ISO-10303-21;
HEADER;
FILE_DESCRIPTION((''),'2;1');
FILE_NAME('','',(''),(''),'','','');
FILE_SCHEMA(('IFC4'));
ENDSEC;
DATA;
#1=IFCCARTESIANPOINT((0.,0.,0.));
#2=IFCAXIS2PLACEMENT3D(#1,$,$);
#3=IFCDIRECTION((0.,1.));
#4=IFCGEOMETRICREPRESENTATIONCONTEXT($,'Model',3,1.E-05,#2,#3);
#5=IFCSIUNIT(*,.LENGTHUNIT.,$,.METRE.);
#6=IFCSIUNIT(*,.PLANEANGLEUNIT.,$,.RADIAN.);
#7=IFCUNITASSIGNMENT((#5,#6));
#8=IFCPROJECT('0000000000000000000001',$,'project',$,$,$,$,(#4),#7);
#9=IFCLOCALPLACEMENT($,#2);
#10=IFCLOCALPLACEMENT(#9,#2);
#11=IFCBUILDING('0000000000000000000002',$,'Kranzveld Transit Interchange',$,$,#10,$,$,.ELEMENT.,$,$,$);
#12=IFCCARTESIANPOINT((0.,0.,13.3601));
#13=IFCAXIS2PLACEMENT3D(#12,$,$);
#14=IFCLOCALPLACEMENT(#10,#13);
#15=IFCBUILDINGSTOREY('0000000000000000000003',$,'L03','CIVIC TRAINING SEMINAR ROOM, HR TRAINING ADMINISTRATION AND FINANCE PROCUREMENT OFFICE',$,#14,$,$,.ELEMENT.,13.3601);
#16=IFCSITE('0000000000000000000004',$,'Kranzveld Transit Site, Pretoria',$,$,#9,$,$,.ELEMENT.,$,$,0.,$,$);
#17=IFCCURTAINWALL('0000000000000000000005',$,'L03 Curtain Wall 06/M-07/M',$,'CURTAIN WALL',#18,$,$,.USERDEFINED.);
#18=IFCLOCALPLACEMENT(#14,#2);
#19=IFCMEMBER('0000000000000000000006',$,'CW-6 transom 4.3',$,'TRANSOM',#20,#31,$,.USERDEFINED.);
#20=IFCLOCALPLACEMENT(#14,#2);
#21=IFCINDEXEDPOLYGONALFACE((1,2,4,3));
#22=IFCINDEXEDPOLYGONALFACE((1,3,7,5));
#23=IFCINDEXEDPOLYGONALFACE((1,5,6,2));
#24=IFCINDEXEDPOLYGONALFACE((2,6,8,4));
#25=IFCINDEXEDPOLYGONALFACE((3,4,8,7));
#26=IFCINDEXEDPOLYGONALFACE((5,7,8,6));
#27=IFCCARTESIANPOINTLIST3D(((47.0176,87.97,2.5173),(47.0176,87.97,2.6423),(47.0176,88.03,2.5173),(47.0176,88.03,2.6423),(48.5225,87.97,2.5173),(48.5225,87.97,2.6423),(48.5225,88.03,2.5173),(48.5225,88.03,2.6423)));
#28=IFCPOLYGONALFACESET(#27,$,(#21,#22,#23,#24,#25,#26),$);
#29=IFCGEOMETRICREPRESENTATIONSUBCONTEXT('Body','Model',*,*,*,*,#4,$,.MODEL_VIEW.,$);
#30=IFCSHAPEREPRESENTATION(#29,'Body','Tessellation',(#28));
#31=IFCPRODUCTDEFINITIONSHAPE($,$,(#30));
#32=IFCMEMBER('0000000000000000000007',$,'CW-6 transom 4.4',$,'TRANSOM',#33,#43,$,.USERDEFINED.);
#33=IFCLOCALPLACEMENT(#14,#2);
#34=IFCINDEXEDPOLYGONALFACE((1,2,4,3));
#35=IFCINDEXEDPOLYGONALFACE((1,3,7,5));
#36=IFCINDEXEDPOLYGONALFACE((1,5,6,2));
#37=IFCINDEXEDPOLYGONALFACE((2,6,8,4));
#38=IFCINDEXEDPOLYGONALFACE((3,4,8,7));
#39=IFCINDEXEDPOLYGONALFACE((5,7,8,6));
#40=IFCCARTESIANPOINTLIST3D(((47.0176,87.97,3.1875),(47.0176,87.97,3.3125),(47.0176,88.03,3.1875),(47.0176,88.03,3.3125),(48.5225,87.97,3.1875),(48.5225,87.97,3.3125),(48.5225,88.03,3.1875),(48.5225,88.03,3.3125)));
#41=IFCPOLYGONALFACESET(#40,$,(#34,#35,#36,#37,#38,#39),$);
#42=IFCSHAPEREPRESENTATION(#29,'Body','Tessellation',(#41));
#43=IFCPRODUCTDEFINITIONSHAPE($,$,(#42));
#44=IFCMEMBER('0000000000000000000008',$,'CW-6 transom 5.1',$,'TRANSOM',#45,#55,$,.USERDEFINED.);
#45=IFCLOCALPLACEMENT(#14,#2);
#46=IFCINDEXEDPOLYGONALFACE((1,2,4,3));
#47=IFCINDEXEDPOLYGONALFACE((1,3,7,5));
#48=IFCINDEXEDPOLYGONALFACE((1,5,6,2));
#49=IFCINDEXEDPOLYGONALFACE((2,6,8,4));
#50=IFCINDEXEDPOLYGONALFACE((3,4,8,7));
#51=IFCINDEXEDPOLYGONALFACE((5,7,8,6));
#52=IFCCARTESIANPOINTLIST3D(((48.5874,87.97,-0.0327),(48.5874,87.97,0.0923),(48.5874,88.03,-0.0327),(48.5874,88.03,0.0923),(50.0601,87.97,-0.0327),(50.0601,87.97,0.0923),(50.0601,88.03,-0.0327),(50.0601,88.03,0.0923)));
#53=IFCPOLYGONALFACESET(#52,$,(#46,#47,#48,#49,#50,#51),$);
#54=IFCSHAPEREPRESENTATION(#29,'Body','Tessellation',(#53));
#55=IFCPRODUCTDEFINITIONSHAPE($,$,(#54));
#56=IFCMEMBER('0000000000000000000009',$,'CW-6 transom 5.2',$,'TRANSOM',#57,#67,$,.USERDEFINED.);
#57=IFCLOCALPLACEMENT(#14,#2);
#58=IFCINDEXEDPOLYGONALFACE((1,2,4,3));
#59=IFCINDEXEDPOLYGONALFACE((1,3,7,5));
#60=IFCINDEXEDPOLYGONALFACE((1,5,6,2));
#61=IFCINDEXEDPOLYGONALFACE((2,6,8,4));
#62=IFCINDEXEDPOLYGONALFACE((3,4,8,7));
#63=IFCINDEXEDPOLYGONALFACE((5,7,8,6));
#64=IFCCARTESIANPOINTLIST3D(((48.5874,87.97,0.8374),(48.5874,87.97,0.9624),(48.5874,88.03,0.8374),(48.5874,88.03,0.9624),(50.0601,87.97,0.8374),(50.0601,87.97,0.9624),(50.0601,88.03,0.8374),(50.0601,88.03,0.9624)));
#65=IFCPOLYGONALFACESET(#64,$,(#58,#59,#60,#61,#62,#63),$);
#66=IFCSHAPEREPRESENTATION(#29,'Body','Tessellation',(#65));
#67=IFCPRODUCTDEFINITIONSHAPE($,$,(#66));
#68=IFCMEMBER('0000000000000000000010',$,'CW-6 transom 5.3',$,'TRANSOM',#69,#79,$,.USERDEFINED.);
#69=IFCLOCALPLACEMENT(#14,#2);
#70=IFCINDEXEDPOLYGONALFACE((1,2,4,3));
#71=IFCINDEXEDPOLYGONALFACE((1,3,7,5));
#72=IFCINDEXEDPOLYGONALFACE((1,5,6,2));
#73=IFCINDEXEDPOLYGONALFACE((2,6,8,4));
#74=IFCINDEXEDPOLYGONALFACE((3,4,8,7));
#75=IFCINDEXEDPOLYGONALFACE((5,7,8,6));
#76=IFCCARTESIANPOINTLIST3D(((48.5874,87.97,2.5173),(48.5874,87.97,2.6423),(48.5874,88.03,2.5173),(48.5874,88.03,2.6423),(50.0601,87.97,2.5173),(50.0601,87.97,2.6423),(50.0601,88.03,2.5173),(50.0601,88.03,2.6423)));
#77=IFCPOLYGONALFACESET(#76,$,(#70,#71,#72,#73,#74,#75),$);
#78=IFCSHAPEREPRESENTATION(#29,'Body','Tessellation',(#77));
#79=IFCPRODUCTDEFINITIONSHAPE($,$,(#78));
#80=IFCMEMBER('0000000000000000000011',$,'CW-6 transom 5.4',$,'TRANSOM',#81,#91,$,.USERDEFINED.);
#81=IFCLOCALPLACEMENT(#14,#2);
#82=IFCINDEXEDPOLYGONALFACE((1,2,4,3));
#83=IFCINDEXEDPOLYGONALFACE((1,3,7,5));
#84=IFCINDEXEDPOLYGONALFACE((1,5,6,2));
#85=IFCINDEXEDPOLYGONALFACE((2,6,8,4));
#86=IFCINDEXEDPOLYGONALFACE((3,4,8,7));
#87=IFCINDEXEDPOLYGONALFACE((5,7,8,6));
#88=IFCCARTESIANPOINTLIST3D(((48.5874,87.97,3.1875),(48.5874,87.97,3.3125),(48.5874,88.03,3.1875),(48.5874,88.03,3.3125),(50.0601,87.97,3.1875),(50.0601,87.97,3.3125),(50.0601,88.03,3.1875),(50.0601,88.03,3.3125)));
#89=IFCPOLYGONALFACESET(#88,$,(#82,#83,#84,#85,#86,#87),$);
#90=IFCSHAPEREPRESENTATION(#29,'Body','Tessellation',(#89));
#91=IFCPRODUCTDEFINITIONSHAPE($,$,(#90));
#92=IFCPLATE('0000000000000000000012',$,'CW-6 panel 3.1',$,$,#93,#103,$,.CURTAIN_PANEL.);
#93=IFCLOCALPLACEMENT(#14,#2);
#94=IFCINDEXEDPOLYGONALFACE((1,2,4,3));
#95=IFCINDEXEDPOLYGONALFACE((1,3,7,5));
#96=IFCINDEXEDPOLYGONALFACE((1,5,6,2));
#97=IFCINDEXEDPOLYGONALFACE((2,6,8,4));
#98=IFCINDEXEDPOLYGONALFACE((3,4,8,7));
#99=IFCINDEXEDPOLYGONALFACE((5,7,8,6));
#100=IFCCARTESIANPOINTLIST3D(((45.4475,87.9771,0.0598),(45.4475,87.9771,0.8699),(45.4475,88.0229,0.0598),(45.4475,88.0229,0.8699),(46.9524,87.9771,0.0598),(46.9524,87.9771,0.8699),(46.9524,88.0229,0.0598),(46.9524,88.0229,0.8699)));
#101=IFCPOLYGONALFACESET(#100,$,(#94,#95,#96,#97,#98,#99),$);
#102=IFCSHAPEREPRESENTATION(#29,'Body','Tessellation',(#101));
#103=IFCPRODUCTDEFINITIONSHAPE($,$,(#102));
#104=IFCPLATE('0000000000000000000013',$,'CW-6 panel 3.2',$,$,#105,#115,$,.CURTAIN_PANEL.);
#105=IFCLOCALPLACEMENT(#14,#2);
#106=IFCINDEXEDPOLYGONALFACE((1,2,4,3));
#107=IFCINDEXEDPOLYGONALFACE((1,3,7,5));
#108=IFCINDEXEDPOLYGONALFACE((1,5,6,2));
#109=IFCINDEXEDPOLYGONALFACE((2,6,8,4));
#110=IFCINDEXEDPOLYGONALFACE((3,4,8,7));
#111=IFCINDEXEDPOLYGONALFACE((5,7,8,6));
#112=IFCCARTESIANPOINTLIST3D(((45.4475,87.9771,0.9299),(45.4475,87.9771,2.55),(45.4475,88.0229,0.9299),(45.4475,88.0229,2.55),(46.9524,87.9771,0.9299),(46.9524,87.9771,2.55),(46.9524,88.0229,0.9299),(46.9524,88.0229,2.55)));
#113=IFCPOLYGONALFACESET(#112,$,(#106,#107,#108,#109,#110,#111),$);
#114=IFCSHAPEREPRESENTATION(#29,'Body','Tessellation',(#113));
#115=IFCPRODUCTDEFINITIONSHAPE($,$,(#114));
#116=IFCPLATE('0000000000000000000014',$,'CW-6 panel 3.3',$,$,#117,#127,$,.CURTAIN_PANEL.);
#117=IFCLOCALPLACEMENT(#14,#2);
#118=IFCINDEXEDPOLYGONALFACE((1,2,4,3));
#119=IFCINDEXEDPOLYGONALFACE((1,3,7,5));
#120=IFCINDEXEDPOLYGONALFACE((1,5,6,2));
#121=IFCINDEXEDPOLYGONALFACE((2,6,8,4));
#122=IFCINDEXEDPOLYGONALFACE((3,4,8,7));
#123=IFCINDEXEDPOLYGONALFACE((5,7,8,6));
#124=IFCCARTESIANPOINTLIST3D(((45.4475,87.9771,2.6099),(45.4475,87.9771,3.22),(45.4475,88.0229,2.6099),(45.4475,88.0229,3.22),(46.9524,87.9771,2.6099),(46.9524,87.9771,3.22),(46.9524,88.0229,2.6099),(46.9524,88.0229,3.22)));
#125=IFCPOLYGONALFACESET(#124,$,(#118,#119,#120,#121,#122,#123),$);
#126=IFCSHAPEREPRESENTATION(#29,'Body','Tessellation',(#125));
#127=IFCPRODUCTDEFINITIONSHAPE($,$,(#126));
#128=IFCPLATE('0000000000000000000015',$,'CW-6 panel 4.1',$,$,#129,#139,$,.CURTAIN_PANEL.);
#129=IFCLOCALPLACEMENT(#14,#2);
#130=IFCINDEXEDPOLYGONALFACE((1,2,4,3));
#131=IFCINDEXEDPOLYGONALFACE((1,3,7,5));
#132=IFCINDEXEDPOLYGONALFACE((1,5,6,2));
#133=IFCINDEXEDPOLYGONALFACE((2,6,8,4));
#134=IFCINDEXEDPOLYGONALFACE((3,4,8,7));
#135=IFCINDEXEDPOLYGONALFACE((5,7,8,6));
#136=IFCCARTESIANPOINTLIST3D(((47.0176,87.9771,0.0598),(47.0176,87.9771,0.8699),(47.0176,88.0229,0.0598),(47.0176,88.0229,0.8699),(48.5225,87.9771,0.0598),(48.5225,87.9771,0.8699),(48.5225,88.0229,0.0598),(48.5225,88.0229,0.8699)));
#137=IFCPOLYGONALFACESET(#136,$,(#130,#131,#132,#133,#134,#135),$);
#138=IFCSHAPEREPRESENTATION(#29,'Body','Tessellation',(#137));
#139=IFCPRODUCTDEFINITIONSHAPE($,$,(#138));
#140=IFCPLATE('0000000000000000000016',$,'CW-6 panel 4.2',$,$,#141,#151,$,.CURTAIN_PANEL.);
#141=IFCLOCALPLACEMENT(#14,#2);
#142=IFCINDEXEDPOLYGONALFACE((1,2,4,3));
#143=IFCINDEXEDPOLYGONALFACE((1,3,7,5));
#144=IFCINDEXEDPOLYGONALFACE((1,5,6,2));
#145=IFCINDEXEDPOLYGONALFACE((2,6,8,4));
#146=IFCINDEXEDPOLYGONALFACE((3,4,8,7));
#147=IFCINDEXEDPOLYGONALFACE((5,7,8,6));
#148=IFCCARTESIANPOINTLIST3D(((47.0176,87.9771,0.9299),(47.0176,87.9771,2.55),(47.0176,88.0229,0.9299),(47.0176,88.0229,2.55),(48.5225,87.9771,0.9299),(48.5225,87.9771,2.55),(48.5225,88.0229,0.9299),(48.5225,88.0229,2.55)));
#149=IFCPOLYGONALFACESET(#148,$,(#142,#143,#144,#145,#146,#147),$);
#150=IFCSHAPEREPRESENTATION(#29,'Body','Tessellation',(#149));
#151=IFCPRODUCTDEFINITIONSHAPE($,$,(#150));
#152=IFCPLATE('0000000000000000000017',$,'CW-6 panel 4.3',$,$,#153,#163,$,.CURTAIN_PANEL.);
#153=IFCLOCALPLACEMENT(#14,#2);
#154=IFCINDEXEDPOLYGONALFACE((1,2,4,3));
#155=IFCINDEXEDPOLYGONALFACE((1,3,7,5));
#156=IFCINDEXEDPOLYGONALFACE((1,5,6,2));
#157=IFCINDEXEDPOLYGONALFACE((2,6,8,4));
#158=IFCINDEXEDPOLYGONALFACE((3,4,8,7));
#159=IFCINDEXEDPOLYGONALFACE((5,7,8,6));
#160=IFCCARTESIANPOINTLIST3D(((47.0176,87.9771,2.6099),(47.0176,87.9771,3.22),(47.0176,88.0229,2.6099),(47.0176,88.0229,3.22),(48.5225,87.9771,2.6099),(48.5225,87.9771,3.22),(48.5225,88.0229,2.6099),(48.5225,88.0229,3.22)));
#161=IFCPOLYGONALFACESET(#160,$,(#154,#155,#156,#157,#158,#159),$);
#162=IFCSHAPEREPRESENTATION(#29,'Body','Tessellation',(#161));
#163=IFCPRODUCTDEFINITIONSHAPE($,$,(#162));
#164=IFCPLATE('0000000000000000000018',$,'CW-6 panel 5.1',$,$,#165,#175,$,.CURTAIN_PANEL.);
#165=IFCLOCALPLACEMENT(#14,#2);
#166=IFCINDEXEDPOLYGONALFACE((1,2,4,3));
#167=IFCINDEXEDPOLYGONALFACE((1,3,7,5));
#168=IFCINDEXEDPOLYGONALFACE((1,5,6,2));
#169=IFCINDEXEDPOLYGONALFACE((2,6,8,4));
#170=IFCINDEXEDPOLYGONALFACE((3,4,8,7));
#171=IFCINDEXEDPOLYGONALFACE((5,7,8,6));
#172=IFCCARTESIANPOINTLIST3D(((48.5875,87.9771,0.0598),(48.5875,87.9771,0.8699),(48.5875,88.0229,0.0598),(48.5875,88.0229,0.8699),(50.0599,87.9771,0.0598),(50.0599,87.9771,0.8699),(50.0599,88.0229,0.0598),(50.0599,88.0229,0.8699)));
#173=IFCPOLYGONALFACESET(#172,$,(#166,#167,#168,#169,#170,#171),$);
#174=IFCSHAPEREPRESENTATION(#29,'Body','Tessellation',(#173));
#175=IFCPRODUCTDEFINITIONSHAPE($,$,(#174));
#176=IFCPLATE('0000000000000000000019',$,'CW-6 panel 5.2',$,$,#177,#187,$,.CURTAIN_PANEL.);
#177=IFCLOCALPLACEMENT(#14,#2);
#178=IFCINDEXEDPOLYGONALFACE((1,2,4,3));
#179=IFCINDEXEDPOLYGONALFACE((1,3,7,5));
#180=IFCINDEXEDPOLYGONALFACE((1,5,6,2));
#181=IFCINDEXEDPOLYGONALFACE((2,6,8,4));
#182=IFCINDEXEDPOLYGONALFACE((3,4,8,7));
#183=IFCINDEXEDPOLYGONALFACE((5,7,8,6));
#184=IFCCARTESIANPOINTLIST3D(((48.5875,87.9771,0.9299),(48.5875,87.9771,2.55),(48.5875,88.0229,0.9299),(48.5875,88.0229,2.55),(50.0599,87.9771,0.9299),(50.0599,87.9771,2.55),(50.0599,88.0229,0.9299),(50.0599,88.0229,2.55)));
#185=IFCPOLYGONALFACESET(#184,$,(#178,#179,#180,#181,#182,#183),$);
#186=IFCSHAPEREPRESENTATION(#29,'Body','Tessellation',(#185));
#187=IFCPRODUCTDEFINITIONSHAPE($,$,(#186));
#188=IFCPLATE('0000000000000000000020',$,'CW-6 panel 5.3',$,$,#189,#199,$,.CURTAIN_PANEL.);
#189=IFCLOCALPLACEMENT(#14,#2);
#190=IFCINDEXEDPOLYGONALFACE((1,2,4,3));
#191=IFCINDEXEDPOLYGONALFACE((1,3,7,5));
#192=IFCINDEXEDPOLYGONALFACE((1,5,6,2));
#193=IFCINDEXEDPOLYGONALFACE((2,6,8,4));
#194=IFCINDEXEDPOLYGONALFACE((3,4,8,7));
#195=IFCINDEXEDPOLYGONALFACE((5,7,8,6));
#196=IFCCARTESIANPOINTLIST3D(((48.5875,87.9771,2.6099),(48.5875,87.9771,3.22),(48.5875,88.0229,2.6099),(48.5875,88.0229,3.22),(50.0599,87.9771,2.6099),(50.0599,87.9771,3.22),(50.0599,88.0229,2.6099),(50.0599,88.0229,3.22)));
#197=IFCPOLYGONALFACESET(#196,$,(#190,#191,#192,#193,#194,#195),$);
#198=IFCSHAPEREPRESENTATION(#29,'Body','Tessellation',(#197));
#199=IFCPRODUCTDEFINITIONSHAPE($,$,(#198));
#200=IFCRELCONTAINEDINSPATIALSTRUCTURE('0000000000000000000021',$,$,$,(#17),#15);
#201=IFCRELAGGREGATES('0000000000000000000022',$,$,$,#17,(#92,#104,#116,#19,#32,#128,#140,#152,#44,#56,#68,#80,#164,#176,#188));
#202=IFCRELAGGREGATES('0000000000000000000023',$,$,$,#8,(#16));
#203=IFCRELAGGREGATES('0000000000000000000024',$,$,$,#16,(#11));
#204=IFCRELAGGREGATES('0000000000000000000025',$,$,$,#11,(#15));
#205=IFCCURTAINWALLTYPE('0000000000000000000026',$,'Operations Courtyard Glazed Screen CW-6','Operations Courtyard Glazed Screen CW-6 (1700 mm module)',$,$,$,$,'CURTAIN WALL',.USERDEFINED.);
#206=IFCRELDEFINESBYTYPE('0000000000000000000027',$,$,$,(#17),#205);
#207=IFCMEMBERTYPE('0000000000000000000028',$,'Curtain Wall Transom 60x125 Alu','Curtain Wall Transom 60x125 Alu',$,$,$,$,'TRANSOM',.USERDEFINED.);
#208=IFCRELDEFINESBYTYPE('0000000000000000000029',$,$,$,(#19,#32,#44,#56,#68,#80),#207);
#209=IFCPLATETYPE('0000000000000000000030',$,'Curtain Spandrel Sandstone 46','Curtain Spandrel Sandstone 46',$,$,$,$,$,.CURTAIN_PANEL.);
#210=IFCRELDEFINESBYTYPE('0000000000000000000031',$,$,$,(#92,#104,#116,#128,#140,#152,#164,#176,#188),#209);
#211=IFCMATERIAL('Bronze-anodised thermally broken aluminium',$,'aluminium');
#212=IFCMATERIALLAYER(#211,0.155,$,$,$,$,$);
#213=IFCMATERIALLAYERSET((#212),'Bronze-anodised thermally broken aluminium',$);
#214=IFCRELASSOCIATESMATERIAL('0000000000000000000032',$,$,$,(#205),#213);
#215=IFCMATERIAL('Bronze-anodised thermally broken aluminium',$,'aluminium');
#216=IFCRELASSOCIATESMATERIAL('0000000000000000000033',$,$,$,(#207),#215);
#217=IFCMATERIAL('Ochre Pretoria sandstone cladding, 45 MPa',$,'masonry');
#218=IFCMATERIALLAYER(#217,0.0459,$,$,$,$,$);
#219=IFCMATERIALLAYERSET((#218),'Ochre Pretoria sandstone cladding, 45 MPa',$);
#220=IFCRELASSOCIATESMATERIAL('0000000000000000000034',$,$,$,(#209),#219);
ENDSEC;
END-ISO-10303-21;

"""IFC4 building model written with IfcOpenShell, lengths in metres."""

from ifc_helpers import new_model, si_unit, direction, frame, origin, origin_2d, place, context, subcontext, project, spatial, rectangle, extrude, material, layer, layer_set, material_profile, profile_set, type_object, element, aggregate, save


model = new_model("IFC4")

# Units and contexts
model_context = context("Model", 3, precision=1e-05, world=origin(), true_north=direction((0.0, 1.0)))
body_context = subcontext(model_context, "Body", "Model", "MODEL_VIEW")
ifc_project = project(units=[si_unit("LENGTHUNIT", "METRE"), si_unit("PLANEANGLEUNIT", "RADIAN")], contexts=[model_context])

# Site, building, storey
site_placement = place(None, origin())
site = spatial("IfcSite", under=ifc_project, at=site_placement, Name="Kranzveld Transit Site, Pretoria", CompositionType="ELEMENT", RefElevation=0.0)
building_placement = place(site_placement, origin())
building = spatial("IfcBuilding", under=site, at=building_placement, Name="Kranzveld Transit Interchange", CompositionType="ELEMENT")
storey_placement = place(building_placement, frame((0.0, 0.0, 13.3601)))
storey = spatial("IfcBuildingStorey", under=building, at=storey_placement, Name="L03", Description="CIVIC TRAINING SEMINAR ROOM, HR TRAINING ADMINISTRATION AND FINANCE PROCUREMENT OFFICE", CompositionType="ELEMENT", Elevation=13.3601)

# Curtain wall, members, plates
ifc_material_1 = material(Name="Bronze-anodised thermally broken aluminium", Category="aluminium")
ifc_layer_1 = layer(ifc_material_1, 0.155)
ifc_layer_set_1 = layer_set([ifc_layer_1], Name="Bronze-anodised thermally broken aluminium")
curtain_wall_type = type_object("IfcCurtainWallType", Name="Operations Courtyard Glazed Screen CW-6", Description="Operations Courtyard Glazed Screen CW-6 (1700 mm module)", ElementType="CURTAIN WALL", PredefinedType="USERDEFINED", material=ifc_layer_set_1)
curtain_wall_placement = place(storey_placement, origin())
curtain_wall = element("IfcCurtainWall", 1, at=curtain_wall_placement, inside=storey, type_object=curtain_wall_type, Name="L03 Curtain Wall 06/M-07/M", ObjectType="CURTAIN WALL", PredefinedType="USERDEFINED")
ifc_material_2 = material(Name="Bronze-anodised thermally broken aluminium", Category="aluminium")
ifc_material_profile_1 = material_profile(ifc_material_2, rectangle(XDim=0.0601, YDim=0.125, at=origin_2d()), Name="ALU TRANSOM 60x125")
ifc_profile_set_1 = profile_set([ifc_material_profile_1], Name="Bronze-anodised thermally broken aluminium")
member_type_1 = type_object("IfcMemberType", Name="Curtain Wall Transom 60x125 Alu", Description="Curtain Wall Transom 60x125 Alu", ElementType="TRANSOM", PredefinedType="USERDEFINED", material=ifc_profile_set_1)
member_1_placement = place(storey_placement, frame((47.0176, 88.0, 2.5798), z_axis=(1.0, 0.0, 0.0), x_axis=(0.0, 1.0, 0.0)))
member_1 = element("IfcMember", 2, at=member_1_placement, type_object=member_type_1, Name="CW-6 transom 4.3", ObjectType="TRANSOM", PredefinedType="USERDEFINED", context=body_context, shape_type="SweptSolid", body=[
    extrude(rectangle(XDim=0.0601, YDim=0.125, at=origin_2d()), origin(), (0.0, 0.0, 1.0), 1.5049),
])
member_2_placement = place(storey_placement, frame((47.0176, 88.0, 3.25), z_axis=(1.0, 0.0, 0.0), x_axis=(0.0, 1.0, 0.0)))
member_2 = element("IfcMember", 3, at=member_2_placement, type_object=member_type_1, Name="CW-6 transom 4.4", ObjectType="TRANSOM", PredefinedType="USERDEFINED", context=body_context, shape_type="SweptSolid", body=[
    extrude(rectangle(XDim=0.0601, YDim=0.125, at=origin_2d()), origin(), (0.0, 0.0, 1.0), 1.5049),
])
member_3_placement = place(storey_placement, frame((48.5874, 88.0, 0.0298), z_axis=(1.0, 0.0, 0.0), x_axis=(0.0, 1.0, 0.0)))
member_3 = element("IfcMember", 4, at=member_3_placement, type_object=member_type_1, Name="CW-6 transom 5.1", ObjectType="TRANSOM", PredefinedType="USERDEFINED", context=body_context, shape_type="SweptSolid", body=[
    extrude(rectangle(XDim=0.0601, YDim=0.125, at=origin_2d()), origin(), (0.0, 0.0, 1.0), 1.4727),
])
member_4_placement = place(storey_placement, frame((48.5874, 88.0, 0.8999), z_axis=(1.0, 0.0, 0.0), x_axis=(0.0, 1.0, 0.0)))
member_4 = element("IfcMember", 5, at=member_4_placement, type_object=member_type_1, Name="CW-6 transom 5.2", ObjectType="TRANSOM", PredefinedType="USERDEFINED", context=body_context, shape_type="SweptSolid", body=[
    extrude(rectangle(XDim=0.0601, YDim=0.125, at=origin_2d()), origin(), (0.0, 0.0, 1.0), 1.4727),
])
member_5_placement = place(storey_placement, frame((48.5874, 88.0, 2.5798), z_axis=(1.0, 0.0, 0.0), x_axis=(0.0, 1.0, 0.0)))
member_5 = element("IfcMember", 6, at=member_5_placement, type_object=member_type_1, Name="CW-6 transom 5.3", ObjectType="TRANSOM", PredefinedType="USERDEFINED", context=body_context, shape_type="SweptSolid", body=[
    extrude(rectangle(XDim=0.0601, YDim=0.125, at=origin_2d()), origin(), (0.0, 0.0, 1.0), 1.4727),
])
member_6_placement = place(storey_placement, frame((48.5874, 88.0, 3.25), z_axis=(1.0, 0.0, 0.0), x_axis=(0.0, 1.0, 0.0)))
member_6 = element("IfcMember", 7, at=member_6_placement, type_object=member_type_1, Name="CW-6 transom 5.4", ObjectType="TRANSOM", PredefinedType="USERDEFINED", context=body_context, shape_type="SweptSolid", body=[
    extrude(rectangle(XDim=0.0601, YDim=0.125, at=origin_2d()), origin(), (0.0, 0.0, 1.0), 1.4727),
])
ifc_material_3 = material(Name="Ochre Pretoria sandstone cladding, 45 MPa", Category="masonry")
ifc_layer_2 = layer(ifc_material_3, 0.0459)
ifc_layer_set_2 = layer_set([ifc_layer_2], Name="Ochre Pretoria sandstone cladding, 45 MPa")
plate_type = type_object("IfcPlateType", Name="Curtain Spandrel Sandstone 46", Description="Curtain Spandrel Sandstone 46", PredefinedType="CURTAIN_PANEL", material=ifc_layer_set_2)
plate_1_placement = place(storey_placement, frame((46.2, 88.0, 0.0598), z_axis=(0.0, 0.0, 1.0), x_axis=(1.0, 0.0, 0.0)))
plate_1 = element("IfcPlate", 8, at=plate_1_placement, type_object=plate_type, Name="CW-6 panel 3.1", PredefinedType="CURTAIN_PANEL", context=body_context, shape_type="SweptSolid", body=[
    extrude(rectangle(XDim=1.5049, YDim=0.0459, at=origin_2d()), origin(), (0.0, 0.0, 1.0), 0.8101),
])
plate_2_placement = place(storey_placement, frame((46.2, 88.0, 0.9299), z_axis=(0.0, 0.0, 1.0), x_axis=(1.0, 0.0, 0.0)))
plate_2 = element("IfcPlate", 9, at=plate_2_placement, type_object=plate_type, Name="CW-6 panel 3.2", PredefinedType="CURTAIN_PANEL", context=body_context, shape_type="SweptSolid", body=[
    extrude(rectangle(XDim=1.5049, YDim=0.0459, at=origin_2d()), origin(), (0.0, 0.0, 1.0), 1.6201),
])
plate_3_placement = place(storey_placement, frame((46.2, 88.0, 2.6099), z_axis=(0.0, 0.0, 1.0), x_axis=(1.0, 0.0, 0.0)))
plate_3 = element("IfcPlate", 10, at=plate_3_placement, type_object=plate_type, Name="CW-6 panel 3.3", PredefinedType="CURTAIN_PANEL", context=body_context, shape_type="SweptSolid", body=[
    extrude(rectangle(XDim=1.5049, YDim=0.0459, at=origin_2d()), origin(), (0.0, 0.0, 1.0), 0.6101),
])
plate_4_placement = place(storey_placement, frame((47.77, 88.0, 0.0598), z_axis=(0.0, 0.0, 1.0), x_axis=(1.0, 0.0, 0.0)))
plate_4 = element("IfcPlate", 11, at=plate_4_placement, type_object=plate_type, Name="CW-6 panel 4.1", PredefinedType="CURTAIN_PANEL", context=body_context, shape_type="SweptSolid", body=[
    extrude(rectangle(XDim=1.5049, YDim=0.0459, at=origin_2d()), origin(), (0.0, 0.0, 1.0), 0.8101),
])
plate_5_placement = place(storey_placement, frame((47.77, 88.0, 0.9299), z_axis=(0.0, 0.0, 1.0), x_axis=(1.0, 0.0, 0.0)))
plate_5 = element("IfcPlate", 12, at=plate_5_placement, type_object=plate_type, Name="CW-6 panel 4.2", PredefinedType="CURTAIN_PANEL", context=body_context, shape_type="SweptSolid", body=[
    extrude(rectangle(XDim=1.5049, YDim=0.0459, at=origin_2d()), origin(), (0.0, 0.0, 1.0), 1.6201),
])
plate_6_placement = place(storey_placement, frame((47.77, 88.0, 2.6099), z_axis=(0.0, 0.0, 1.0), x_axis=(1.0, 0.0, 0.0)))
plate_6 = element("IfcPlate", 13, at=plate_6_placement, type_object=plate_type, Name="CW-6 panel 4.3", PredefinedType="CURTAIN_PANEL", context=body_context, shape_type="SweptSolid", body=[
    extrude(rectangle(XDim=1.5049, YDim=0.0459, at=origin_2d()), origin(), (0.0, 0.0, 1.0), 0.6101),
])
plate_7_placement = place(storey_placement, frame((49.3237, 88.0, 0.0598), z_axis=(0.0, 0.0, 1.0), x_axis=(1.0, 0.0, 0.0)))
plate_7 = element("IfcPlate", 14, at=plate_7_placement, type_object=plate_type, Name="CW-6 panel 5.1", PredefinedType="CURTAIN_PANEL", context=body_context, shape_type="SweptSolid", body=[
    extrude(rectangle(XDim=1.4724, YDim=0.0459, at=origin_2d()), origin(), (0.0, 0.0, 1.0), 0.8101),
])
plate_8_placement = place(storey_placement, frame((49.3237, 88.0, 0.9299), z_axis=(0.0, 0.0, 1.0), x_axis=(1.0, 0.0, 0.0)))
plate_8 = element("IfcPlate", 15, at=plate_8_placement, type_object=plate_type, Name="CW-6 panel 5.2", PredefinedType="CURTAIN_PANEL", context=body_context, shape_type="SweptSolid", body=[
    extrude(rectangle(XDim=1.4724, YDim=0.0459, at=origin_2d()), origin(), (0.0, 0.0, 1.0), 1.6201),
])
plate_9_placement = place(storey_placement, frame((49.3237, 88.0, 2.6099), z_axis=(0.0, 0.0, 1.0), x_axis=(1.0, 0.0, 0.0)))
plate_9 = element("IfcPlate", 16, at=plate_9_placement, type_object=plate_type, Name="CW-6 panel 5.3", PredefinedType="CURTAIN_PANEL", context=body_context, shape_type="SweptSolid", body=[
    extrude(rectangle(XDim=1.4724, YDim=0.0459, at=origin_2d()), origin(), (0.0, 0.0, 1.0), 0.6101),
])
aggregate(curtain_wall, [plate_1, plate_2, plate_3, member_1, member_2, plate_4, plate_5, plate_6, member_3, member_4, member_5, member_6, plate_7, plate_8, plate_9])

save(model, "model.ifc")
